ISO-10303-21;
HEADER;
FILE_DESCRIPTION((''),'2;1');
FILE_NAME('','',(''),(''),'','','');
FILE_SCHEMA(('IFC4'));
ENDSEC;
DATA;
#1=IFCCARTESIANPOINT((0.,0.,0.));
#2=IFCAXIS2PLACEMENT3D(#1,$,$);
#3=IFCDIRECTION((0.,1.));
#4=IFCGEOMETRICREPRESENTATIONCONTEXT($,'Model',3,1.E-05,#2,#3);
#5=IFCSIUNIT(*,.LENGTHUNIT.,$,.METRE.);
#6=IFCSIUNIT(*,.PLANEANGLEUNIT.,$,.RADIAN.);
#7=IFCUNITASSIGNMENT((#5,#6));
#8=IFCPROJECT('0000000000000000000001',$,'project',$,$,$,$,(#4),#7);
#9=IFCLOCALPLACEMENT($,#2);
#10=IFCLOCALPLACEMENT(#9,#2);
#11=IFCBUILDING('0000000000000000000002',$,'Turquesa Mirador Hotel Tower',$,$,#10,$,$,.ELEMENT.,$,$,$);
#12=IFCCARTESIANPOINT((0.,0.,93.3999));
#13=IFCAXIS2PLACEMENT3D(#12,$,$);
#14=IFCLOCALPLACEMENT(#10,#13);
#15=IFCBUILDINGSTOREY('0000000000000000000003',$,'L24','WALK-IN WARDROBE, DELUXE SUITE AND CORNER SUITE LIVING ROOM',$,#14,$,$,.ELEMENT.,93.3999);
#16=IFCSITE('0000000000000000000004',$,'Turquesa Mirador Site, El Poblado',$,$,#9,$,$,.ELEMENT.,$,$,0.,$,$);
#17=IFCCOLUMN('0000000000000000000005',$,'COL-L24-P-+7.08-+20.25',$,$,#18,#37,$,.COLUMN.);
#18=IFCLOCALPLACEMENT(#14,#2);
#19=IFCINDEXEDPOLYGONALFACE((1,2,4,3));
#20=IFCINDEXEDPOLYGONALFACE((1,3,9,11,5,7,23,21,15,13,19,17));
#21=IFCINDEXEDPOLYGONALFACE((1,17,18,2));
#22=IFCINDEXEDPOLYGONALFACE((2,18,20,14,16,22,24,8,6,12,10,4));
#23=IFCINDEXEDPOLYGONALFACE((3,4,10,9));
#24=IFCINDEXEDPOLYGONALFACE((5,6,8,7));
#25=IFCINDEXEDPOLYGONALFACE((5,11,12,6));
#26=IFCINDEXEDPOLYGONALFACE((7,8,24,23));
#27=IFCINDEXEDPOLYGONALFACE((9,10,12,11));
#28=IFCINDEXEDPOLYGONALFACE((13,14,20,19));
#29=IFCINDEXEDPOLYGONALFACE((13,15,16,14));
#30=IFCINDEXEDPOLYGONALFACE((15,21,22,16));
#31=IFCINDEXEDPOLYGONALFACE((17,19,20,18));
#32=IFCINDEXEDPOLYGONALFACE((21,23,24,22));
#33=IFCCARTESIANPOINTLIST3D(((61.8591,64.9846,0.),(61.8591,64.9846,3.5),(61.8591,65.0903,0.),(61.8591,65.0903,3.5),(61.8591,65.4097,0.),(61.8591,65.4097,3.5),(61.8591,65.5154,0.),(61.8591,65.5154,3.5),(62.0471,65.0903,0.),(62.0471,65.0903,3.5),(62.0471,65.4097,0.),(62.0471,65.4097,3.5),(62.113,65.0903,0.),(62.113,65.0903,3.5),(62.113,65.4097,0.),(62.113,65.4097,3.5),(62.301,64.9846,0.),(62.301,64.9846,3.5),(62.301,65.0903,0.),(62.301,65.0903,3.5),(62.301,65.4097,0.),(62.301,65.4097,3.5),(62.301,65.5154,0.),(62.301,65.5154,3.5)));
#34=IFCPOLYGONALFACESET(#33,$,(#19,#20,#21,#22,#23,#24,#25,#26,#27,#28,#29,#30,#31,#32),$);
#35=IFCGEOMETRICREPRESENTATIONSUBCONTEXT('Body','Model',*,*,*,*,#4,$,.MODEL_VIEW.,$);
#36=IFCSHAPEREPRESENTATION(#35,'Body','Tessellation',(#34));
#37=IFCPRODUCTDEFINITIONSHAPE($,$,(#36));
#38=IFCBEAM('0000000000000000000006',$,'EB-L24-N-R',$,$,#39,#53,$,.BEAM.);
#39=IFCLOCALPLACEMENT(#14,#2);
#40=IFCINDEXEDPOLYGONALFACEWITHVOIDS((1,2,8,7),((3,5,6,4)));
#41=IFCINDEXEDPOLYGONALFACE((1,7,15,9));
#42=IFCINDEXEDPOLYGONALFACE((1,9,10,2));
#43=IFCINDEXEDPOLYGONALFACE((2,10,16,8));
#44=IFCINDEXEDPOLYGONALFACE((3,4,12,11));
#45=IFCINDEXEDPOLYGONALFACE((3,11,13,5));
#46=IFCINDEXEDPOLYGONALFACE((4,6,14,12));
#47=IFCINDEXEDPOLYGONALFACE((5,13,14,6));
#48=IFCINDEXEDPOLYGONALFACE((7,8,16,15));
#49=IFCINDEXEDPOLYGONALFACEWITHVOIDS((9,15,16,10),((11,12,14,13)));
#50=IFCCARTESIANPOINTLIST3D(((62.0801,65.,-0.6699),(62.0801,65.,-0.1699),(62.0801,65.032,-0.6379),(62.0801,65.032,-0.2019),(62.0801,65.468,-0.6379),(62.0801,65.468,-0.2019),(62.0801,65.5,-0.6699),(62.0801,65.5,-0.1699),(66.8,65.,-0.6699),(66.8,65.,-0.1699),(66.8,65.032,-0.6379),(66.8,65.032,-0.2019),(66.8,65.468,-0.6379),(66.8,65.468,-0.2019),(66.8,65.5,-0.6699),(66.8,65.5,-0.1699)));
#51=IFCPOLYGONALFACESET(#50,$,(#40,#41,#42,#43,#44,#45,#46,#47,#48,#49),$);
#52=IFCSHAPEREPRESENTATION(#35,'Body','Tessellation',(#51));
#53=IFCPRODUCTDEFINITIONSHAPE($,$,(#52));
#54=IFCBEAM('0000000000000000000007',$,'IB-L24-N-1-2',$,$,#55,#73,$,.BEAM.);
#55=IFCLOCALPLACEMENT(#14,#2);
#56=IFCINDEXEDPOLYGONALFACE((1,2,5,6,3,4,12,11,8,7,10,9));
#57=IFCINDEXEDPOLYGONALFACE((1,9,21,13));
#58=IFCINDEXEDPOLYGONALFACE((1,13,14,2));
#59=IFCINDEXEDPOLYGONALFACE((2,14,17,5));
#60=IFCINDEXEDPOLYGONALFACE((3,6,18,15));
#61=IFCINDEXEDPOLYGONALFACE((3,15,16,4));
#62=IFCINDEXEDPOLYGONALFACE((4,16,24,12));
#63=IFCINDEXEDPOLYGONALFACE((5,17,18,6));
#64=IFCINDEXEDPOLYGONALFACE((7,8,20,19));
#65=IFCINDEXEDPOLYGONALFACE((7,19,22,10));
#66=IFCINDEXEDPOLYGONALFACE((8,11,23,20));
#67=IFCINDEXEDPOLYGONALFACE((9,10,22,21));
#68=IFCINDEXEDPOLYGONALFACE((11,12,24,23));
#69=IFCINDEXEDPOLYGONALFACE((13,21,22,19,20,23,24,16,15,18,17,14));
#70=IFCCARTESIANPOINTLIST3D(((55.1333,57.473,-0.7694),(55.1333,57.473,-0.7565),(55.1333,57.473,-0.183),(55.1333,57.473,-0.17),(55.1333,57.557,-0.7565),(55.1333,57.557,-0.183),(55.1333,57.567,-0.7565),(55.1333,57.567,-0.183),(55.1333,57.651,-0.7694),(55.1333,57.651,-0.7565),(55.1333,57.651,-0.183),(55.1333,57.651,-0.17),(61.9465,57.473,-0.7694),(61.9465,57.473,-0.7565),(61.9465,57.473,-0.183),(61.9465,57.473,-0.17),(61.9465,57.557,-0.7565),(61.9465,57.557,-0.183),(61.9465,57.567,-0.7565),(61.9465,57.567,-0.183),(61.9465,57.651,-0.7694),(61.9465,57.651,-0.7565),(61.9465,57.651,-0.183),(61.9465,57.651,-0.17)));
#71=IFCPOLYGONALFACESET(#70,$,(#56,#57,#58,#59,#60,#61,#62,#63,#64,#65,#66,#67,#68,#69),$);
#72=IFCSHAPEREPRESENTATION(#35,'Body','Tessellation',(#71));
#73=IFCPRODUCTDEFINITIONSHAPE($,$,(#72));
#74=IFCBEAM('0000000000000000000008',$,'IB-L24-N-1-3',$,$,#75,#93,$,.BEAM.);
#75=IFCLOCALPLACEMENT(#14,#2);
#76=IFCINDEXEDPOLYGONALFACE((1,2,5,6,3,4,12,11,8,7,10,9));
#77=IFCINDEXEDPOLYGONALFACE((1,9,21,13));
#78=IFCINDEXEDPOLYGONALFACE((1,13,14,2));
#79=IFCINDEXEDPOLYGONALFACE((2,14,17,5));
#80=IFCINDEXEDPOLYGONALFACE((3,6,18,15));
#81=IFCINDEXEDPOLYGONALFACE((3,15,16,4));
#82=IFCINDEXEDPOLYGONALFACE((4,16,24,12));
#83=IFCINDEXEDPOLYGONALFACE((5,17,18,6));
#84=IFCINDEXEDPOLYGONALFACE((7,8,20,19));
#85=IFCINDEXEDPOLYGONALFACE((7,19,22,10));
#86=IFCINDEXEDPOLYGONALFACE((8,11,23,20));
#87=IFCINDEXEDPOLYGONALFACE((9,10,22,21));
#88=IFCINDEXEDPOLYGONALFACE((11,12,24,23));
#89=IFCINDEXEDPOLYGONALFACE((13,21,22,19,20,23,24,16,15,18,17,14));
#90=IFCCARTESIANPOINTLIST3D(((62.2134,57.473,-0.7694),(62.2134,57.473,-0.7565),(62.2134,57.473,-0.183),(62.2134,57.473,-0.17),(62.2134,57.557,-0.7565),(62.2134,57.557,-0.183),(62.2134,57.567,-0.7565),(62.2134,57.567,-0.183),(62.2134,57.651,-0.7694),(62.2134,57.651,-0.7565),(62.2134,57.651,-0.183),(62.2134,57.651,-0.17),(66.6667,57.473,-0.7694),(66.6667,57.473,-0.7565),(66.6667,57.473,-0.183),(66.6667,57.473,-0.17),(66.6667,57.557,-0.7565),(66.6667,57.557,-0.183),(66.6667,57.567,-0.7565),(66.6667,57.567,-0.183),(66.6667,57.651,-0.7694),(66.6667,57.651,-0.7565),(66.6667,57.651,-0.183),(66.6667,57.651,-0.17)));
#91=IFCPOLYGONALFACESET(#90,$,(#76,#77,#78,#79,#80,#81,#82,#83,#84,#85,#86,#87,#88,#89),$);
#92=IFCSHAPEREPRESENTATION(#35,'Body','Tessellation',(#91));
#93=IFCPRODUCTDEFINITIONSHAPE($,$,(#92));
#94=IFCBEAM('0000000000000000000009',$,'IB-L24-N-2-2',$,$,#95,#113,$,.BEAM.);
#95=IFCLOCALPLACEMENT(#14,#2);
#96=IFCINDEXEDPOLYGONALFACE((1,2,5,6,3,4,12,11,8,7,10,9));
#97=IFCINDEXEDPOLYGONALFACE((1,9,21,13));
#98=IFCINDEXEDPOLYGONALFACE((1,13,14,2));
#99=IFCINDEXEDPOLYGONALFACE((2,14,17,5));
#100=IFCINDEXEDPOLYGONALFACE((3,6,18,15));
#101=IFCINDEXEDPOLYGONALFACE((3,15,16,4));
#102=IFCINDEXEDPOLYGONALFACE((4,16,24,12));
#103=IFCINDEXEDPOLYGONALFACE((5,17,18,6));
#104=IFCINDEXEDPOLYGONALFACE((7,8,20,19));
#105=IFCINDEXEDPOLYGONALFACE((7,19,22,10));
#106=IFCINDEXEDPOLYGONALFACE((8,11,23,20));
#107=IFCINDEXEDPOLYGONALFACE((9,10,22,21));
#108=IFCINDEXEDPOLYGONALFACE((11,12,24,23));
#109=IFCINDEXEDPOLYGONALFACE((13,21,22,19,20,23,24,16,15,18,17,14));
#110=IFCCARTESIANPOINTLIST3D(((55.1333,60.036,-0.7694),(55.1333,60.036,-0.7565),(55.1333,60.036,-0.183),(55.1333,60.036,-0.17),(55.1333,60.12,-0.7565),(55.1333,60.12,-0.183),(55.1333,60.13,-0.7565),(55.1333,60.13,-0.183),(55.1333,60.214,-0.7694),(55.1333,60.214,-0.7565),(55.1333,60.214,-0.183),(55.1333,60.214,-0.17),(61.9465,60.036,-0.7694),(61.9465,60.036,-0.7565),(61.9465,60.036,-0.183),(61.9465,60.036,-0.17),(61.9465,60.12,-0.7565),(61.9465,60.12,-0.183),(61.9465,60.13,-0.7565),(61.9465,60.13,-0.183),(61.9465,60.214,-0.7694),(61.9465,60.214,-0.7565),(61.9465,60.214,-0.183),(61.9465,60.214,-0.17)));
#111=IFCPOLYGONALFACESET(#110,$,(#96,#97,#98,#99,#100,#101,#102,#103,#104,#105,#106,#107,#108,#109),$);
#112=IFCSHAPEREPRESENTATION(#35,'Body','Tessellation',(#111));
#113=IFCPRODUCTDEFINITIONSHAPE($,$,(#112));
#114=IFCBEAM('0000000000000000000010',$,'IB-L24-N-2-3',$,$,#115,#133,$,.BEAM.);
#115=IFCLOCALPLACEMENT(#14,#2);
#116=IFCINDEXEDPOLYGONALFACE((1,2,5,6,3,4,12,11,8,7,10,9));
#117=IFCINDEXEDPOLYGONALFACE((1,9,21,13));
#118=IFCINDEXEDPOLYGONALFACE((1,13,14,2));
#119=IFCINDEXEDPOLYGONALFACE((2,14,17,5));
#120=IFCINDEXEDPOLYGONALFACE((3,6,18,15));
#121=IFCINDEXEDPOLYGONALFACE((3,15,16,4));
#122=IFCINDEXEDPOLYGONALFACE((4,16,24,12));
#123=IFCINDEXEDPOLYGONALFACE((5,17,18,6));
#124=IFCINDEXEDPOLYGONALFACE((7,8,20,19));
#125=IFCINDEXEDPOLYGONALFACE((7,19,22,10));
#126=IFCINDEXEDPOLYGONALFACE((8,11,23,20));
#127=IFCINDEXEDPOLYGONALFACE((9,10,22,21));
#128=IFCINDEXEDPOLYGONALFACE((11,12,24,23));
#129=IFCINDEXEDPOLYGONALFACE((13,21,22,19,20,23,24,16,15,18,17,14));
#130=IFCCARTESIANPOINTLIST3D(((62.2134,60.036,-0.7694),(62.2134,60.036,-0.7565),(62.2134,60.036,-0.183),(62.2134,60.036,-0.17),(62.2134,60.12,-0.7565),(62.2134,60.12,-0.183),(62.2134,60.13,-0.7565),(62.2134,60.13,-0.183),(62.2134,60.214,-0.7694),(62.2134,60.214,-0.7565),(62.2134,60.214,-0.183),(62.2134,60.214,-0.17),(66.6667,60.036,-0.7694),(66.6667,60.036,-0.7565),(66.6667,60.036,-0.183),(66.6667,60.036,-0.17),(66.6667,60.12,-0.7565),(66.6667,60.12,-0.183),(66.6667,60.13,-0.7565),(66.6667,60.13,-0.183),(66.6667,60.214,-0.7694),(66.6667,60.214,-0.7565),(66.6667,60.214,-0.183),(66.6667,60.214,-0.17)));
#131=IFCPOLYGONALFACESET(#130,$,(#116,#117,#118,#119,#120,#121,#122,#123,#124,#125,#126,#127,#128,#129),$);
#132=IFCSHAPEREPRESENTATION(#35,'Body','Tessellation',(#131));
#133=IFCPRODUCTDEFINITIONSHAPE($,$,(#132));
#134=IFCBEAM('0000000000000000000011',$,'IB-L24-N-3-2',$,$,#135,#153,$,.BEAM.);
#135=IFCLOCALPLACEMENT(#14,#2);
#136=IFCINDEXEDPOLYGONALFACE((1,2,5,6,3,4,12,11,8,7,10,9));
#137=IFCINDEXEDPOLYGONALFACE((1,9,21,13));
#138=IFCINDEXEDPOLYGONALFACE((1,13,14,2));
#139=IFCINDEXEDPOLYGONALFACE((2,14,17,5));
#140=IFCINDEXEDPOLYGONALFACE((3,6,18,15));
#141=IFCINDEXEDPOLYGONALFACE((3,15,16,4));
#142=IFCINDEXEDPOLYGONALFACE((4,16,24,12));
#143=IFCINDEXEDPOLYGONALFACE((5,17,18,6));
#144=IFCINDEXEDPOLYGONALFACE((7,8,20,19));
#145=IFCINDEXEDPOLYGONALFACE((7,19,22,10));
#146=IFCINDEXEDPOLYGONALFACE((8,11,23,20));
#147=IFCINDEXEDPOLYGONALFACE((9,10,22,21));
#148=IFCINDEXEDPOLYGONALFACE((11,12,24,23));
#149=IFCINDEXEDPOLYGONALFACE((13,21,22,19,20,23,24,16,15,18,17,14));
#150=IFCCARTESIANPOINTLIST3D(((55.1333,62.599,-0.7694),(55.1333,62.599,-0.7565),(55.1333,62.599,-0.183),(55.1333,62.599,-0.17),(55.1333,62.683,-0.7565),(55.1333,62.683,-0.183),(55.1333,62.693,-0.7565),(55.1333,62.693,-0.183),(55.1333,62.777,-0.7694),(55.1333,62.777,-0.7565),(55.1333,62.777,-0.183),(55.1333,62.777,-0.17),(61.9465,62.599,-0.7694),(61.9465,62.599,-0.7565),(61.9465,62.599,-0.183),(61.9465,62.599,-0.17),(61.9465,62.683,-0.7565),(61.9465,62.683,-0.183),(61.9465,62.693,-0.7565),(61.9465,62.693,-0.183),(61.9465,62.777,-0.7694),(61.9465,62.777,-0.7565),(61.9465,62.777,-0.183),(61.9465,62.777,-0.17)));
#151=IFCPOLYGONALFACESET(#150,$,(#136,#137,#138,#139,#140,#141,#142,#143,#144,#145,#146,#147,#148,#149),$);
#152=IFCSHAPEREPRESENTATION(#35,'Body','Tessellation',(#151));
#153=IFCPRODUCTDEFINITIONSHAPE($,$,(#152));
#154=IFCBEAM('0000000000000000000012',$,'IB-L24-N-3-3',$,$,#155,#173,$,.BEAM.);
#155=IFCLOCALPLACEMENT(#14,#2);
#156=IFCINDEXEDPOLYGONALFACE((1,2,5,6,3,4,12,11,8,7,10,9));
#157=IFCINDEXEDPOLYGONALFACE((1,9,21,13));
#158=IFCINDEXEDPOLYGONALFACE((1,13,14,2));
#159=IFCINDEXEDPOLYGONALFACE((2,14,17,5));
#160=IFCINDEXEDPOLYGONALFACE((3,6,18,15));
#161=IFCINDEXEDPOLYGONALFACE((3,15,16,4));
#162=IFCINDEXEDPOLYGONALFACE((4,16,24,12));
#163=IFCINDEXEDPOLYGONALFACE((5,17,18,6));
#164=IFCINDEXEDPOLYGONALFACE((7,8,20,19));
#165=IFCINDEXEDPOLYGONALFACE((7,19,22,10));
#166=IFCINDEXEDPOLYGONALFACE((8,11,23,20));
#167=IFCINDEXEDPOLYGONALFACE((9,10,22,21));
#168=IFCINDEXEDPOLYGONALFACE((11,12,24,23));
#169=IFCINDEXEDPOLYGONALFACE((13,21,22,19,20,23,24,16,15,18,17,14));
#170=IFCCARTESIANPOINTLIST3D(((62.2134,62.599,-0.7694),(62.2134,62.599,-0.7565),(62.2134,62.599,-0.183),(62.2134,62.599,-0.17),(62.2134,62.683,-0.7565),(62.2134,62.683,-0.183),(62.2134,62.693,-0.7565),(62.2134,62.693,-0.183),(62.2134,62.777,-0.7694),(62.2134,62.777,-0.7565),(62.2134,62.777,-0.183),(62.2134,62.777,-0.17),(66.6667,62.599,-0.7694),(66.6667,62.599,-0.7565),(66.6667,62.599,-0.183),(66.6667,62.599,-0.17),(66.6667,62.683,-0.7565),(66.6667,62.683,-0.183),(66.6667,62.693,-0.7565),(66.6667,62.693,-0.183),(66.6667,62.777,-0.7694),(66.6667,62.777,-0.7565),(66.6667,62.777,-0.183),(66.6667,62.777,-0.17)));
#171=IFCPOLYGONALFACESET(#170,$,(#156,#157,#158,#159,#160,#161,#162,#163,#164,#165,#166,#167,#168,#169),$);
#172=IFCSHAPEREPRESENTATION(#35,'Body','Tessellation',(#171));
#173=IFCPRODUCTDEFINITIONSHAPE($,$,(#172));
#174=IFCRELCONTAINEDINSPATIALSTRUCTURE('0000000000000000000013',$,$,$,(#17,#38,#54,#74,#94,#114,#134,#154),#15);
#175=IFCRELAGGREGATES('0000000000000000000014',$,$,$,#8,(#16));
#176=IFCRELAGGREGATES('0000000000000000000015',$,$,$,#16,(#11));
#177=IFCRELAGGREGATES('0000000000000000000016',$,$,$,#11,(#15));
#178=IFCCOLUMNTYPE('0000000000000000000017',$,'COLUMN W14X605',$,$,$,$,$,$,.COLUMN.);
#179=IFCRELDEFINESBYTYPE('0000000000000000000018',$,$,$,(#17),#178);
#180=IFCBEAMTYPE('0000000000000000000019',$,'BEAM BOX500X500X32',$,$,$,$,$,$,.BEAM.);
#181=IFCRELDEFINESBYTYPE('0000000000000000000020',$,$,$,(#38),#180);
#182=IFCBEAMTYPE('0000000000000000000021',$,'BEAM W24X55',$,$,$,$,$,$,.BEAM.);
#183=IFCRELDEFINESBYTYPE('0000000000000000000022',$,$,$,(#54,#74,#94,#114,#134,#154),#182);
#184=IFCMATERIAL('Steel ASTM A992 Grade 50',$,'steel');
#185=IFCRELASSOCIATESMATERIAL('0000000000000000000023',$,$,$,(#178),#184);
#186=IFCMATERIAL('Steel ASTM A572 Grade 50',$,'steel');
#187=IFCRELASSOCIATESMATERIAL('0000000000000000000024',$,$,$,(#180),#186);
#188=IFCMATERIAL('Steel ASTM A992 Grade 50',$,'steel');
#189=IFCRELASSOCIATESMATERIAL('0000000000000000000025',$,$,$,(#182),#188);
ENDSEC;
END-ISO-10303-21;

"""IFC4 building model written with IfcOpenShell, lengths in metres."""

from ifc_helpers import new_model, si_unit, direction, frame, origin, origin_2d, place, context, subcontext, project, spatial, hollow_rectangle, i_section, extrude, material, material_profile, profile_set, type_object, element, save


model = new_model("IFC4")

# Units and contexts
model_context = context("Model", 3, precision=1e-05, world=origin(), true_north=direction((0.0, 1.0)))
body_context = subcontext(model_context, "Body", "Model", "MODEL_VIEW")
ifc_project = project(units=[si_unit("LENGTHUNIT", "METRE"), si_unit("PLANEANGLEUNIT", "RADIAN")], contexts=[model_context])

# Site, building, storey
site_placement = place(None, origin())
site = spatial("IfcSite", under=ifc_project, at=site_placement, Name="Turquesa Mirador Site, El Poblado", CompositionType="ELEMENT", RefElevation=0.0)
building_placement = place(site_placement, origin())
building = spatial("IfcBuilding", under=site, at=building_placement, Name="Turquesa Mirador Hotel Tower", CompositionType="ELEMENT")
storey_placement = place(building_placement, frame((0.0, 0.0, 93.3999)))
storey = spatial("IfcBuildingStorey", under=building, at=storey_placement, Name="L24", Description="WALK-IN WARDROBE, DELUXE SUITE AND CORNER SUITE LIVING ROOM", CompositionType="ELEMENT", Elevation=93.3999)

# Column
ifc_material_1 = material(Name="Steel ASTM A992 Grade 50", Category="steel")
ifc_material_profile_1 = material_profile(ifc_material_1, i_section(OverallWidth=0.4419, OverallDepth=0.5308, WebThickness=0.0659, FlangeThickness=0.1057, at=origin_2d()), Name="W14X605")
ifc_profile_set_1 = profile_set([ifc_material_profile_1], Name="Steel ASTM A992 Grade 50")
column_type = type_object("IfcColumnType", Name="COLUMN W14X605", PredefinedType="COLUMN", material=ifc_profile_set_1)
column_placement = place(storey_placement, frame((62.0801, 65.25, 0.0), z_axis=(0.0, 0.0, 1.0), x_axis=(1.0, 0.0, 0.0)))
element("IfcColumn", 1, at=column_placement, inside=storey, type_object=column_type, Name="COL-L24-P-+7.08-+20.25", PredefinedType="COLUMN", context=body_context, shape_type="SweptSolid", body=[
    extrude(i_section(OverallWidth=0.4419, OverallDepth=0.5308, WebThickness=0.0659, FlangeThickness=0.1057, at=origin_2d()), origin(), (0.0, 0.0, 1.0), 3.5),
])

# Beams
ifc_material_2 = material(Name="Steel ASTM A572 Grade 50", Category="steel")
ifc_material_profile_2 = material_profile(ifc_material_2, hollow_rectangle(XDim=0.5, YDim=0.5, WallThickness=0.032, at=origin_2d()), Name="BOX500X500X32")
ifc_profile_set_2 = profile_set([ifc_material_profile_2], Name="Steel ASTM A572 Grade 50")
beam_type_1 = type_object("IfcBeamType", Name="BEAM BOX500X500X32", PredefinedType="BEAM", material=ifc_profile_set_2)
beam_1_placement = place(storey_placement, frame((62.0801, 65.25, -0.4199), z_axis=(1.0, 0.0, 0.0), x_axis=(0.0, 1.0, 0.0)))
element("IfcBeam", 2, at=beam_1_placement, inside=storey, type_object=beam_type_1, Name="EB-L24-N-R", PredefinedType="BEAM", context=body_context, shape_type="SweptSolid", body=[
    extrude(hollow_rectangle(XDim=0.5, YDim=0.5, WallThickness=0.032, at=origin_2d()), origin(), (0.0, 0.0, 1.0), 4.72),
])
ifc_material_3 = material(Name="Steel ASTM A992 Grade 50", Category="steel")
ifc_material_profile_3 = material_profile(ifc_material_3, i_section(OverallWidth=0.178, OverallDepth=0.5994, WebThickness=0.01, FlangeThickness=0.0129, at=origin_2d()), Name="W24X55")
ifc_profile_set_3 = profile_set([ifc_material_profile_3], Name="Steel ASTM A992 Grade 50")
beam_type_2 = type_object("IfcBeamType", Name="BEAM W24X55", PredefinedType="BEAM", material=ifc_profile_set_3)
beam_2_placement = place(storey_placement, frame((55.1333, 57.562, -0.4697), z_axis=(1.0, 0.0, 0.0), x_axis=(0.0, 1.0, 0.0)))
element("IfcBeam", 3, at=beam_2_placement, inside=storey, type_object=beam_type_2, Name="IB-L24-N-1-2", PredefinedType="BEAM", context=body_context, shape_type="SweptSolid", body=[
    extrude(i_section(OverallWidth=0.178, OverallDepth=0.5994, WebThickness=0.01, FlangeThickness=0.0129, at=origin_2d()), origin(), (0.0, 0.0, 1.0), 6.8132),
])
beam_3_placement = place(storey_placement, frame((62.2134, 57.562, -0.4697), z_axis=(1.0, 0.0, 0.0), x_axis=(0.0, 1.0, 0.0)))
element("IfcBeam", 4, at=beam_3_placement, inside=storey, type_object=beam_type_2, Name="IB-L24-N-1-3", PredefinedType="BEAM", context=body_context, shape_type="SweptSolid", body=[
    extrude(i_section(OverallWidth=0.178, OverallDepth=0.5994, WebThickness=0.01, FlangeThickness=0.0129, at=origin_2d()), origin(), (0.0, 0.0, 1.0), 4.4534),
])
beam_4_placement = place(storey_placement, frame((55.1333, 60.125, -0.4697), z_axis=(1.0, 0.0, 0.0), x_axis=(0.0, 1.0, 0.0)))
element("IfcBeam", 5, at=beam_4_placement, inside=storey, type_object=beam_type_2, Name="IB-L24-N-2-2", PredefinedType="BEAM", context=body_context, shape_type="SweptSolid", body=[
    extrude(i_section(OverallWidth=0.178, OverallDepth=0.5994, WebThickness=0.01, FlangeThickness=0.0129, at=origin_2d()), origin(), (0.0, 0.0, 1.0), 6.8132),
])
beam_5_placement = place(storey_placement, frame((62.2134, 60.125, -0.4697), z_axis=(1.0, 0.0, 0.0), x_axis=(0.0, 1.0, 0.0)))
element("IfcBeam", 6, at=beam_5_placement, inside=storey, type_object=beam_type_2, Name="IB-L24-N-2-3", PredefinedType="BEAM", context=body_context, shape_type="SweptSolid", body=[
    extrude(i_section(OverallWidth=0.178, OverallDepth=0.5994, WebThickness=0.01, FlangeThickness=0.0129, at=origin_2d()), origin(), (0.0, 0.0, 1.0), 4.4534),
])
beam_6_placement = place(storey_placement, frame((55.1333, 62.688, -0.4697), z_axis=(1.0, 0.0, 0.0), x_axis=(0.0, 1.0, 0.0)))
element("IfcBeam", 7, at=beam_6_placement, inside=storey, type_object=beam_type_2, Name="IB-L24-N-3-2", PredefinedType="BEAM", context=body_context, shape_type="SweptSolid", body=[
    extrude(i_section(OverallWidth=0.178, OverallDepth=0.5994, WebThickness=0.01, FlangeThickness=0.0129, at=origin_2d()), origin(), (0.0, 0.0, 1.0), 6.8132),
])
beam_7_placement = place(storey_placement, frame((62.2134, 62.688, -0.4697), z_axis=(1.0, 0.0, 0.0), x_axis=(0.0, 1.0, 0.0)))
element("IfcBeam", 8, at=beam_7_placement, inside=storey, type_object=beam_type_2, Name="IB-L24-N-3-3", PredefinedType="BEAM", context=body_context, shape_type="SweptSolid", body=[
    extrude(i_section(OverallWidth=0.178, OverallDepth=0.5994, WebThickness=0.01, FlangeThickness=0.0129, at=origin_2d()), origin(), (0.0, 0.0, 1.0), 4.4534),
])

save(model, "model.ifc")
